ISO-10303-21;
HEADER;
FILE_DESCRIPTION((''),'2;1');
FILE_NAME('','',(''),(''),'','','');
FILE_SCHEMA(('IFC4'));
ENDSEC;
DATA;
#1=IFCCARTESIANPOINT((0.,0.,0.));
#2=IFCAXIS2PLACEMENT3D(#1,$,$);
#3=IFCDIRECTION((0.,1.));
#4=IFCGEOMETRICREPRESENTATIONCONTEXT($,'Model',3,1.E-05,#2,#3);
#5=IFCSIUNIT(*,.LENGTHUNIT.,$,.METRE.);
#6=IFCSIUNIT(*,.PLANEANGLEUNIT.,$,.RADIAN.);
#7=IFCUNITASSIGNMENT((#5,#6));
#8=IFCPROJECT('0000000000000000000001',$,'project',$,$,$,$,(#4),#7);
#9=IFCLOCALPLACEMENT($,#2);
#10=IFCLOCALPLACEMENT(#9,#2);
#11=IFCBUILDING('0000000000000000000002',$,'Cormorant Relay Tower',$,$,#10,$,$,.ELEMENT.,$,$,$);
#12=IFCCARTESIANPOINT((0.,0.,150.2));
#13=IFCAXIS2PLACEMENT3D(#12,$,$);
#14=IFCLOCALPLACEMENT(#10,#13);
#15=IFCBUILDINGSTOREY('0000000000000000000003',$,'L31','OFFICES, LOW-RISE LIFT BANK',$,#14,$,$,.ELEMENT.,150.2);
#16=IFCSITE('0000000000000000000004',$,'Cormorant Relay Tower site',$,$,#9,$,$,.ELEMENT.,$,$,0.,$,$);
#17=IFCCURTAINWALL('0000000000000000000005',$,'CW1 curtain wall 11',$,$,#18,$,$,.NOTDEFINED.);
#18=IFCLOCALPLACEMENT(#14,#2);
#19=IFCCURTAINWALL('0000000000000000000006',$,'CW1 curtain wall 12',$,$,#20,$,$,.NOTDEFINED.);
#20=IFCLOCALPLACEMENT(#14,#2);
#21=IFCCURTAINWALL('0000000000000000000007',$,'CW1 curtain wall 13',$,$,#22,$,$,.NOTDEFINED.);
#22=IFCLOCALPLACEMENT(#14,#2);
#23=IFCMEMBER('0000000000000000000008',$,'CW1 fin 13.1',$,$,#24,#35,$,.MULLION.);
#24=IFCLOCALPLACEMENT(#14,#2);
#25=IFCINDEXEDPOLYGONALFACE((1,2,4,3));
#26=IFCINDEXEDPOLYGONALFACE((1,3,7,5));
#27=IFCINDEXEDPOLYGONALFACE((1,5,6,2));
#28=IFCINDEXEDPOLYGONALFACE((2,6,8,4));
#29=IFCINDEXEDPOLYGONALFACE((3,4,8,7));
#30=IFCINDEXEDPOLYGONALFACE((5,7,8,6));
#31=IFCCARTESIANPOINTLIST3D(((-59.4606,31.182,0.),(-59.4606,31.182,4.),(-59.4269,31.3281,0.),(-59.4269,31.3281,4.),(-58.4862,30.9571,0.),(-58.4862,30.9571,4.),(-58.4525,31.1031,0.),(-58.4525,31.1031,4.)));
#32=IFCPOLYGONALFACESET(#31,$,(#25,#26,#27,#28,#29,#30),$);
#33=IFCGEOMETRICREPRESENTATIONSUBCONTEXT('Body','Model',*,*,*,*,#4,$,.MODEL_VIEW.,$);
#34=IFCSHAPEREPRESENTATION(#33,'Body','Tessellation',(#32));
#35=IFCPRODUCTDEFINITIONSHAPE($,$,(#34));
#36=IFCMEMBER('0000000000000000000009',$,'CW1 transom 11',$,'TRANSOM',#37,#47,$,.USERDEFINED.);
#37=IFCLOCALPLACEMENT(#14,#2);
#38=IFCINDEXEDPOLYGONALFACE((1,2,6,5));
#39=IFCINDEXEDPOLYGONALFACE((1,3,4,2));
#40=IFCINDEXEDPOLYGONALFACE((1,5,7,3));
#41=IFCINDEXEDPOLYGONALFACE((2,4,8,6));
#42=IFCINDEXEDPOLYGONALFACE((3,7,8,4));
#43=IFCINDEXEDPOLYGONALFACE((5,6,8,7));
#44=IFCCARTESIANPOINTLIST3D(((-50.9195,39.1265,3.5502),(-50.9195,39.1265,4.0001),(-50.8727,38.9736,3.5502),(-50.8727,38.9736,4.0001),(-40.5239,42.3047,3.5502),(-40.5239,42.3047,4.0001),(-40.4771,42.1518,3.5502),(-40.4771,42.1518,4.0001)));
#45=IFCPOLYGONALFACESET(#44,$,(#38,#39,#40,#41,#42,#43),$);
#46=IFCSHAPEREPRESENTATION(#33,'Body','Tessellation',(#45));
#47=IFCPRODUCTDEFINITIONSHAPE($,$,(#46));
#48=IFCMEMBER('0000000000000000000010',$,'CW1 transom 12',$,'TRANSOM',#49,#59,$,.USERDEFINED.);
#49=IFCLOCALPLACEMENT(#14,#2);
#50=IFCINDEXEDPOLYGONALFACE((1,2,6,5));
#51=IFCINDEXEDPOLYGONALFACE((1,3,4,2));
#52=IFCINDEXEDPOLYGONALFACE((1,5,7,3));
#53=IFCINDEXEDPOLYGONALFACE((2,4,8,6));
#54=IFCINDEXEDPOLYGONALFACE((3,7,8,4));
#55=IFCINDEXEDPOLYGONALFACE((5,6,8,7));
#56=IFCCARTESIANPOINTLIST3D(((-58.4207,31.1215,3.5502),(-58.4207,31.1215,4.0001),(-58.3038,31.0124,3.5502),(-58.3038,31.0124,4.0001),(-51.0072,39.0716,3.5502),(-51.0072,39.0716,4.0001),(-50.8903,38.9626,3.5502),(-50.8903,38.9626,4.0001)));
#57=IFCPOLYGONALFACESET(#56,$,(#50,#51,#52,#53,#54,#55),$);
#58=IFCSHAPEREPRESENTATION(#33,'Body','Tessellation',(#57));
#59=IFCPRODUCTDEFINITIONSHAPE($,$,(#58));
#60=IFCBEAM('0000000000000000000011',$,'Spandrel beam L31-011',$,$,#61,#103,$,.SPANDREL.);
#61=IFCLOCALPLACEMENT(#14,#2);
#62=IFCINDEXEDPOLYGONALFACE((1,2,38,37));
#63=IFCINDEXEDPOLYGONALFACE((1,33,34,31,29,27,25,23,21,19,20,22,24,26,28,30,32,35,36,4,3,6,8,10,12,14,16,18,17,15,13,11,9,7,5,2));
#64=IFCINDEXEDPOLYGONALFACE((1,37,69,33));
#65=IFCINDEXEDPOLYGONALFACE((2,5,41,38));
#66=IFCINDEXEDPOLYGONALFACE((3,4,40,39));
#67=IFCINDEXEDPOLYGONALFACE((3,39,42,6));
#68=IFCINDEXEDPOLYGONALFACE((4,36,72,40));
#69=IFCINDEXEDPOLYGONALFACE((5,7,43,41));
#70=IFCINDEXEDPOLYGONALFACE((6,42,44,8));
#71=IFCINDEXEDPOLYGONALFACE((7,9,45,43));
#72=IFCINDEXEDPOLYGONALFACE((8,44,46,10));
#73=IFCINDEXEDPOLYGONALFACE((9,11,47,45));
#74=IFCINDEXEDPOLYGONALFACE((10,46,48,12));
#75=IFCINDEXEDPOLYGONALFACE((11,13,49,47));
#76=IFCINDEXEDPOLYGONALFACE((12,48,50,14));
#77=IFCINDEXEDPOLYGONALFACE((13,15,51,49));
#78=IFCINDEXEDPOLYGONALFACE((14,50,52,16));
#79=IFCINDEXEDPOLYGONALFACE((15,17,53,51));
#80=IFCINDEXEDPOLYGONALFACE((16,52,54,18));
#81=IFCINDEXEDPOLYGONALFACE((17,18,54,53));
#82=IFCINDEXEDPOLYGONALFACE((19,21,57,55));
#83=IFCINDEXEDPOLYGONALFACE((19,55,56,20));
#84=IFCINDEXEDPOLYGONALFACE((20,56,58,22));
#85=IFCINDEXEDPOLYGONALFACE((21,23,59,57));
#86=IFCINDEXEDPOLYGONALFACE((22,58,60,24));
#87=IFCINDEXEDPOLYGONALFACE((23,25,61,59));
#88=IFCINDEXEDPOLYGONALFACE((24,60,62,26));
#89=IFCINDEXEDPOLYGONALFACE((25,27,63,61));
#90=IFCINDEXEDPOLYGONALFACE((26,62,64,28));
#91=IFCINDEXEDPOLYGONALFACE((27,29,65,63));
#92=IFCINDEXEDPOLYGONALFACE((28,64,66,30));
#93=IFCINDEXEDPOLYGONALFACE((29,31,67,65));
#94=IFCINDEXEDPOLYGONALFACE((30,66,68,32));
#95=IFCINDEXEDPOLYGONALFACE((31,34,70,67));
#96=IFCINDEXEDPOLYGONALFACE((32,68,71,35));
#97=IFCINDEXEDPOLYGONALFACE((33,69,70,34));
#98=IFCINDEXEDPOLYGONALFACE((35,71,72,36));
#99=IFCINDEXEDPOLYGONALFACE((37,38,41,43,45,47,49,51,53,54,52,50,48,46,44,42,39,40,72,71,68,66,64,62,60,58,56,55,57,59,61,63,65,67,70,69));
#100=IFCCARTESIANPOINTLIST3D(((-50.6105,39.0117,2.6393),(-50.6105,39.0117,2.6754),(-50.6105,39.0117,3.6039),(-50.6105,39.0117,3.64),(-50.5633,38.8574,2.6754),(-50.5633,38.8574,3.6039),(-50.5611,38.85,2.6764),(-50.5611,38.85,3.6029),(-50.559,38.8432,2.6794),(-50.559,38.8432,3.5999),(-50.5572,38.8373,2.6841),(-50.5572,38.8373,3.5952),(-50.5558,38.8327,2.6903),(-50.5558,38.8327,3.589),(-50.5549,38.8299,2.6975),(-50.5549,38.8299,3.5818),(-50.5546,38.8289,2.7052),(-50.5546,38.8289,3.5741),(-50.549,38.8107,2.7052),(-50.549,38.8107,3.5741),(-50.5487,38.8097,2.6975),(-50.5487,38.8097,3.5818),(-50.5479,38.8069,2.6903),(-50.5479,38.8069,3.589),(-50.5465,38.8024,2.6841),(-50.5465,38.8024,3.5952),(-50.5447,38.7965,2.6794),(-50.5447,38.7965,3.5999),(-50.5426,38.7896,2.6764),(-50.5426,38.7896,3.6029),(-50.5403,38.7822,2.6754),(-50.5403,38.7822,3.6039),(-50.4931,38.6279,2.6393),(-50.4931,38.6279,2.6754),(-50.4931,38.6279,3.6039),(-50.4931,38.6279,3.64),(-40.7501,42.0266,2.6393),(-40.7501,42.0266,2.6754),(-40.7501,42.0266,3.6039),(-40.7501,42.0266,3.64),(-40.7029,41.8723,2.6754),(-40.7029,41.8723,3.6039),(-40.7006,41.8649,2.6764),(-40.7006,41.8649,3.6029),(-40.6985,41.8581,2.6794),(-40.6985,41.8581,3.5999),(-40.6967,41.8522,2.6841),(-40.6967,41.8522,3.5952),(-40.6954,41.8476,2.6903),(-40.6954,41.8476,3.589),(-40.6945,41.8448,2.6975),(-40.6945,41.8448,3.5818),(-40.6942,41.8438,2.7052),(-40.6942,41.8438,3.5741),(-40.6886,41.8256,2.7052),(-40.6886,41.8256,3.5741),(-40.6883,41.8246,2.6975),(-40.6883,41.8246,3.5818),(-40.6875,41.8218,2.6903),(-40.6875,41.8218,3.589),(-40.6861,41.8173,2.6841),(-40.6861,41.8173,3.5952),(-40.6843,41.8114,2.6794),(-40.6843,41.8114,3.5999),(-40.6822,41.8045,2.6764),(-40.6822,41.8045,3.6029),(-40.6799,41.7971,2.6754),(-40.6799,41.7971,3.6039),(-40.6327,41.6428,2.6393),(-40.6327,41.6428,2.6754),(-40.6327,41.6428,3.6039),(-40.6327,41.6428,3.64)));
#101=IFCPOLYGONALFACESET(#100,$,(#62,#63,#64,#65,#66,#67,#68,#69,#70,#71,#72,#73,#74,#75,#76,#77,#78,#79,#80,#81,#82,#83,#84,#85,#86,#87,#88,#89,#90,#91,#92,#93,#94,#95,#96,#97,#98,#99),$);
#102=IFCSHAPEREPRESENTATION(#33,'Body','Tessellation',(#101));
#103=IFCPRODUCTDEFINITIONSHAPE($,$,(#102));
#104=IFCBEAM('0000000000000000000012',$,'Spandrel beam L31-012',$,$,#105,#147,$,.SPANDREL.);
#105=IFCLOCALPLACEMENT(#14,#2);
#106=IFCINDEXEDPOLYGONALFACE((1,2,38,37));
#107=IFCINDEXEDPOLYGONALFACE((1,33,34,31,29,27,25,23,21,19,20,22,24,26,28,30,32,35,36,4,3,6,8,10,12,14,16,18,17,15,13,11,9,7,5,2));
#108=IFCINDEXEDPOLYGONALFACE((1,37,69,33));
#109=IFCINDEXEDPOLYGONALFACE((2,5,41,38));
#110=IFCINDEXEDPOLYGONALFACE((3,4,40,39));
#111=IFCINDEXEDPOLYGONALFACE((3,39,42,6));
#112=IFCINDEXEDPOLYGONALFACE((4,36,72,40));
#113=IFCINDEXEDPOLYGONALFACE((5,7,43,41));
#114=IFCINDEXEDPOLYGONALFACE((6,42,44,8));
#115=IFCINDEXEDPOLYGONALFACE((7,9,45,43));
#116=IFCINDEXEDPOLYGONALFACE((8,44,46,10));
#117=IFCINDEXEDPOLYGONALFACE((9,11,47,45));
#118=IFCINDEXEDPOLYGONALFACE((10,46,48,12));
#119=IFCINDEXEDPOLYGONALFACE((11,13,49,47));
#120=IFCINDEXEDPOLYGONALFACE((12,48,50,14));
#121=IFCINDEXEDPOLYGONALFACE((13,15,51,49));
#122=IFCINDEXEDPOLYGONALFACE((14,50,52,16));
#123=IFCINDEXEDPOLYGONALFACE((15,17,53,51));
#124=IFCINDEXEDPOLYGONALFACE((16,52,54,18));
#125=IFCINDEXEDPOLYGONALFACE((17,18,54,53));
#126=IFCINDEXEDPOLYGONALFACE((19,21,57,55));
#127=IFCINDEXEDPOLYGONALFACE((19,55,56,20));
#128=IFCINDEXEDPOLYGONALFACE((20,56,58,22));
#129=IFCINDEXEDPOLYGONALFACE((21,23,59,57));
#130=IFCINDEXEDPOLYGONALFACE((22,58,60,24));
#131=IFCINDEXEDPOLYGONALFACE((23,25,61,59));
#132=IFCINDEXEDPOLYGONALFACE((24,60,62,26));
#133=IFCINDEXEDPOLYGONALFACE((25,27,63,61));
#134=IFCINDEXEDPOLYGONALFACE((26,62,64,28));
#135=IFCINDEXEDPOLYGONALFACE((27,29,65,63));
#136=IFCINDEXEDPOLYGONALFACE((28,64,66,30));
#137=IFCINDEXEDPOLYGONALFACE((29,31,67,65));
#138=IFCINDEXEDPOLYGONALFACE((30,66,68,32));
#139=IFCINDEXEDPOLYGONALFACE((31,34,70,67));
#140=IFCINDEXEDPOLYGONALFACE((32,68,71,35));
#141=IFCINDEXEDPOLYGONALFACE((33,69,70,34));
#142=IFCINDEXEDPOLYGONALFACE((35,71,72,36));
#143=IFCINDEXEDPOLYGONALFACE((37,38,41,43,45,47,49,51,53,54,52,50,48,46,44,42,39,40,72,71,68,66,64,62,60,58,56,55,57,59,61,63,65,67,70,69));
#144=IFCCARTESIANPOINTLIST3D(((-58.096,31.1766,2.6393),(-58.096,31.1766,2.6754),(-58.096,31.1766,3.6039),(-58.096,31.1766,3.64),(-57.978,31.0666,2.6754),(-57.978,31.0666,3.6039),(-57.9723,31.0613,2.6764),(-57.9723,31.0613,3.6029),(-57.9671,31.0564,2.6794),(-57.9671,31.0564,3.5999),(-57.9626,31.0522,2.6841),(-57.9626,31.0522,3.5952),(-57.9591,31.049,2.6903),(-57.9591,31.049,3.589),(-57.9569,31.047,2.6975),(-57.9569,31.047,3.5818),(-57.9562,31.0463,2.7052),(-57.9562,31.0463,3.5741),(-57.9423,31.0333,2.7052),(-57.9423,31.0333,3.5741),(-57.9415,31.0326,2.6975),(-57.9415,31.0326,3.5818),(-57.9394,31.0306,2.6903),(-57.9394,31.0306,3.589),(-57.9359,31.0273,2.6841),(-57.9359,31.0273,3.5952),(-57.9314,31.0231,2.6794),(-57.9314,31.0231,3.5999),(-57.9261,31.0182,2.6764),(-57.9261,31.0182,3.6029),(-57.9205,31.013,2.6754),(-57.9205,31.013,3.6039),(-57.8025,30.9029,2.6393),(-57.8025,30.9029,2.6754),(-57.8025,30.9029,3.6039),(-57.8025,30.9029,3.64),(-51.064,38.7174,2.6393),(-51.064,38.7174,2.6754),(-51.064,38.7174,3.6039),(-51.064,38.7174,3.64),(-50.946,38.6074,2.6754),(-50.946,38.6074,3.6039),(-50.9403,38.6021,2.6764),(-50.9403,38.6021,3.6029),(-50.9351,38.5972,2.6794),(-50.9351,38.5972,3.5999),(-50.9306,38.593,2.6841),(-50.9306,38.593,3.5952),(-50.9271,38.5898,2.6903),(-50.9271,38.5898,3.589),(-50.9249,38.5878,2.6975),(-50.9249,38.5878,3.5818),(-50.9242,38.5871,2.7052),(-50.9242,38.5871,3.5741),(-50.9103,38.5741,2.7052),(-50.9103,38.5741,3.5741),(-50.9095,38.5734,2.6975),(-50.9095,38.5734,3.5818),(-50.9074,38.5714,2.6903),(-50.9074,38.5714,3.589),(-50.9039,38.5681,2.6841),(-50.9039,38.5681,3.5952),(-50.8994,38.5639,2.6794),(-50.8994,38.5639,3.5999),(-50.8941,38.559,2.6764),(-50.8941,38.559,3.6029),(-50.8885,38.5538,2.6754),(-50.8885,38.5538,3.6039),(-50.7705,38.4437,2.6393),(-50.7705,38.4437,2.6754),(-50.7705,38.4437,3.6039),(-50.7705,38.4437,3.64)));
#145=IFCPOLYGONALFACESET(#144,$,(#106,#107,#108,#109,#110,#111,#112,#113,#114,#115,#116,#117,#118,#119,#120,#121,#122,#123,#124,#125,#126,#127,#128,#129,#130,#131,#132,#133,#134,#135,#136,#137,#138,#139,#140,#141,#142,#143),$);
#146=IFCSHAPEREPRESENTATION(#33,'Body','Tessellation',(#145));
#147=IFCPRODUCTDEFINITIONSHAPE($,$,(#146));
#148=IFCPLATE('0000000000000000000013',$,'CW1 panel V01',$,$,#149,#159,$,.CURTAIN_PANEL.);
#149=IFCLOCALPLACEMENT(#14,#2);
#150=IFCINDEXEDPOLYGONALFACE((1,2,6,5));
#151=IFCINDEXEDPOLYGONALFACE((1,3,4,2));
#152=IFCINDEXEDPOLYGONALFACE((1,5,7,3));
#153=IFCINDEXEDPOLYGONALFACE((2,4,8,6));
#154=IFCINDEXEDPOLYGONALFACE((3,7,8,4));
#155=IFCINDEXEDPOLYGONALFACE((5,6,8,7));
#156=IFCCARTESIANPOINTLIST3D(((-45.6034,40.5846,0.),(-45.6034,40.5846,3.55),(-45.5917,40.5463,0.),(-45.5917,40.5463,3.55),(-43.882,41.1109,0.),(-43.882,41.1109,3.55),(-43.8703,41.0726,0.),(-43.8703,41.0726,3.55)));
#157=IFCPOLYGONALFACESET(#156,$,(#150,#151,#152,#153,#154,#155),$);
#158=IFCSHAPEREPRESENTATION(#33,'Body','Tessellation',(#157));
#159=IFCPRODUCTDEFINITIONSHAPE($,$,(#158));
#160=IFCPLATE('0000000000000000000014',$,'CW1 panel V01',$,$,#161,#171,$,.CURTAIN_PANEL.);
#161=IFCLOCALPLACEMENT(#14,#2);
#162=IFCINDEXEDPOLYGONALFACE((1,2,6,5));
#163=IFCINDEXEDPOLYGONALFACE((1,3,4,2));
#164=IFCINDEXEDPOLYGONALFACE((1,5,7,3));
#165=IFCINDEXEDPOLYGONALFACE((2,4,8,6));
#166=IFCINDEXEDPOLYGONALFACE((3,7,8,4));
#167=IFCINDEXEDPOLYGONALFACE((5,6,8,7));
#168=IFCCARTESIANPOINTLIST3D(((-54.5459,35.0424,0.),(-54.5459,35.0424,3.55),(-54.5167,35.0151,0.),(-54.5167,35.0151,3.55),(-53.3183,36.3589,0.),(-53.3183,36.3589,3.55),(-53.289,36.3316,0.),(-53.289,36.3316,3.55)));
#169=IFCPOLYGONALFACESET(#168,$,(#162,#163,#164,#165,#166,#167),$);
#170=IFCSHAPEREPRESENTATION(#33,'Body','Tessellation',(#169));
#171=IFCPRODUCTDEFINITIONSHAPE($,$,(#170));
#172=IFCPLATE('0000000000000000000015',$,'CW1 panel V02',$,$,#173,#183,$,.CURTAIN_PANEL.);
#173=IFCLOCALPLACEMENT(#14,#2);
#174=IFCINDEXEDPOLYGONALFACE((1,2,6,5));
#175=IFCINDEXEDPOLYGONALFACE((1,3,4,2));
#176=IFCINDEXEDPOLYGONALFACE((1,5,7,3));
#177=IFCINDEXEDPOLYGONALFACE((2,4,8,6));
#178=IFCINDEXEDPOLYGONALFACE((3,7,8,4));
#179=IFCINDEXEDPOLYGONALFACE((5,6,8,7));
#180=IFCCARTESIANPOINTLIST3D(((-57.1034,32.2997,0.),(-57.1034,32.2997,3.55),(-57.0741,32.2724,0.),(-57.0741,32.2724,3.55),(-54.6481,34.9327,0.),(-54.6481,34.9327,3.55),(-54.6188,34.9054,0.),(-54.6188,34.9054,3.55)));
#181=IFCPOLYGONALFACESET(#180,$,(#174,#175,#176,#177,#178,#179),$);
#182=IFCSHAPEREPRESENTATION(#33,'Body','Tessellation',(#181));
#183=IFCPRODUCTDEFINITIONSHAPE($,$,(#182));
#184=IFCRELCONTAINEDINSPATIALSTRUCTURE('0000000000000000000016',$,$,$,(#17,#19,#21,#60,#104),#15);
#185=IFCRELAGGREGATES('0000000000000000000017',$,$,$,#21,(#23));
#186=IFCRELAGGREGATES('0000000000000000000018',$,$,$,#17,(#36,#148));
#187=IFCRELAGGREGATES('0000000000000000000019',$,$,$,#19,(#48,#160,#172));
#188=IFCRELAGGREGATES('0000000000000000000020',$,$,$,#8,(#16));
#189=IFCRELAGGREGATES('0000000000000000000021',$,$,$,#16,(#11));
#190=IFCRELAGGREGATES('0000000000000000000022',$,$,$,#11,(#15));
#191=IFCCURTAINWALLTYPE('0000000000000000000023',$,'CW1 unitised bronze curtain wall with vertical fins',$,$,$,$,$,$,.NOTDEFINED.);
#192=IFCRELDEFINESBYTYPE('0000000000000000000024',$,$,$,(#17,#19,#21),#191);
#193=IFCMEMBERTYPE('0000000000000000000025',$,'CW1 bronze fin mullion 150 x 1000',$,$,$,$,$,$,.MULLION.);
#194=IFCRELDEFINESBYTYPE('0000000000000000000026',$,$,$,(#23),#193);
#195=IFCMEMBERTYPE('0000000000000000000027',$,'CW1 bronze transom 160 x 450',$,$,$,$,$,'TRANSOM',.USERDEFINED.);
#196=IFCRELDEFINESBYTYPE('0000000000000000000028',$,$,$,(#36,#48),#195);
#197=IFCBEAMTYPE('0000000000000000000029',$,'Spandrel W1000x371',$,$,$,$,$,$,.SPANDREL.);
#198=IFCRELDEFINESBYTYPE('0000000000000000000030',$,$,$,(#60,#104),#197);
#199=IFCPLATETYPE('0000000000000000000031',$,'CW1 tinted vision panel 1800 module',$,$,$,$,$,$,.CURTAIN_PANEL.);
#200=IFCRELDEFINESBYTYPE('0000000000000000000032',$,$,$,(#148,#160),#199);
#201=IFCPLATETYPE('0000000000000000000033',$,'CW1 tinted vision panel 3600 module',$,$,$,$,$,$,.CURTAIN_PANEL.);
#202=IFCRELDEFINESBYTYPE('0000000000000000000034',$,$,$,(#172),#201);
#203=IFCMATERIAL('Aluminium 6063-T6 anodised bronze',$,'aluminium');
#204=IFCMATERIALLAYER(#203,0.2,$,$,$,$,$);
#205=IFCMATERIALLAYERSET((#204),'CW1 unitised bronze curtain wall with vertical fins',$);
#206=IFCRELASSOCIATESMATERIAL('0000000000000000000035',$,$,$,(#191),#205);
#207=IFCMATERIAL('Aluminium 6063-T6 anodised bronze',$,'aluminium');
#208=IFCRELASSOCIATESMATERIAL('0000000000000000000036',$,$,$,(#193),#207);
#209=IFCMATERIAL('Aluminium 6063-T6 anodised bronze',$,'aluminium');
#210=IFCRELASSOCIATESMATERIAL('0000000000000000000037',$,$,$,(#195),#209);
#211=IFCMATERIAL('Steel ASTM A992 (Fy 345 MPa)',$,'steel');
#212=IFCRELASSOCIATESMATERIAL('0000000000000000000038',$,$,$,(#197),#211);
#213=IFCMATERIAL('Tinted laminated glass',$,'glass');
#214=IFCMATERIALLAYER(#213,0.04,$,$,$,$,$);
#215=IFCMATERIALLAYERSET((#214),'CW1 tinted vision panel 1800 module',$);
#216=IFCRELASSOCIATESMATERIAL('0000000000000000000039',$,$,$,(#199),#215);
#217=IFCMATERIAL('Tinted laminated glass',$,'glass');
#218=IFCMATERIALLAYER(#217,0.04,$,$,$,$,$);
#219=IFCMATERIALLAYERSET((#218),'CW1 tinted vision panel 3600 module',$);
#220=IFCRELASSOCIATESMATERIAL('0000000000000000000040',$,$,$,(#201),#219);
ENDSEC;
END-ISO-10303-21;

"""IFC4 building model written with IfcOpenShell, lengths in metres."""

from ifc_helpers import new_model, si_unit, direction, frame, origin, origin_2d, place, context, subcontext, project, spatial, rectangle, i_section, extrude, material, layer, layer_set, material_profile, profile_set, type_object, element, aggregate, save


model = new_model("IFC4")

# Units and contexts
model_context = context("Model", 3, precision=1e-05, world=origin(), true_north=direction((0.0, 1.0)))
body_context = subcontext(model_context, "Body", "Model", "MODEL_VIEW")
ifc_project = project(units=[si_unit("LENGTHUNIT", "METRE"), si_unit("PLANEANGLEUNIT", "RADIAN")], contexts=[model_context])

# Site, building, storey
site_placement = place(None, origin())
site = spatial("IfcSite", under=ifc_project, at=site_placement, Name="Cormorant Relay Tower site", CompositionType="ELEMENT", RefElevation=0.0)
building_placement = place(site_placement, origin())
building = spatial("IfcBuilding", under=site, at=building_placement, Name="Cormorant Relay Tower", CompositionType="ELEMENT")
storey_placement = place(building_placement, frame((0.0, 0.0, 150.2)))
storey = spatial("IfcBuildingStorey", under=building, at=storey_placement, Name="L31", Description="OFFICES, LOW-RISE LIFT BANK", CompositionType="ELEMENT", Elevation=150.2)

# Curtain walls
ifc_material_1 = material(Name="Aluminium 6063-T6 anodised bronze", Category="aluminium")
ifc_layer_1 = layer(ifc_material_1, 0.2)
ifc_layer_set_1 = layer_set([ifc_layer_1], Name="CW1 unitised bronze curtain wall with vertical fins")
curtain_wall_type = type_object("IfcCurtainWallType", Name="CW1 unitised bronze curtain wall with vertical fins", PredefinedType="NOTDEFINED", material=ifc_layer_set_1)
curtain_wall_1_placement = place(storey_placement, origin())
curtain_wall_1 = element("IfcCurtainWall", 1, at=curtain_wall_1_placement, inside=storey, type_object=curtain_wall_type, Name="CW1 curtain wall 11", PredefinedType="NOTDEFINED")
ifc_material_2 = material(Name="Aluminium 6063-T6 anodised bronze", Category="aluminium")
ifc_material_profile_1 = material_profile(ifc_material_2, rectangle(XDim=0.1499, YDim=1.0, at=origin_2d()), Name="AL 150x1000")
ifc_profile_set_1 = profile_set([ifc_material_profile_1], Name="Aluminium 6063-T6 anodised bronze")
member_type_1 = type_object("IfcMemberType", Name="CW1 bronze fin mullion 150 x 1000", PredefinedType="MULLION", material=ifc_profile_set_1)
curtain_wall_2_placement = place(storey_placement, origin())
curtain_wall_2 = element("IfcCurtainWall", 2, at=curtain_wall_2_placement, inside=storey, type_object=curtain_wall_type, Name="CW1 curtain wall 12", PredefinedType="NOTDEFINED")

# Curtain wall, member
curtain_wall_3_placement = place(storey_placement, origin())
curtain_wall_3 = element("IfcCurtainWall", 3, at=curtain_wall_3_placement, inside=storey, type_object=curtain_wall_type, Name="CW1 curtain wall 13", PredefinedType="NOTDEFINED")
member_1_placement = place(storey_placement, frame((-58.9565, 31.1426, 0.0), z_axis=(0.0, 0.0, 1.0), x_axis=(-0.224951, -0.97437, 0.0)))
member_1 = element("IfcMember", 4, at=member_1_placement, type_object=member_type_1, Name="CW1 fin 13.1", PredefinedType="MULLION", context=body_context, shape_type="SweptSolid", body=[
    extrude(rectangle(XDim=0.1499, YDim=1.0, at=origin_2d()), origin(), (0.0, 0.0, 1.0), 4.0),
])
aggregate(curtain_wall_3, [member_1])

# Members
ifc_material_3 = material(Name="Aluminium 6063-T6 anodised bronze", Category="aluminium")
ifc_material_profile_2 = material_profile(ifc_material_3, rectangle(XDim=0.1599, YDim=0.45, at=origin_2d()), Name="AL 160x450")
ifc_profile_set_2 = profile_set([ifc_material_profile_2], Name="Aluminium 6063-T6 anodised bronze")
member_type_2 = type_object("IfcMemberType", Name="CW1 bronze transom 160 x 450", ElementType="TRANSOM", PredefinedType="USERDEFINED", material=ifc_profile_set_2)
member_2_placement = place(storey_placement, frame((-40.5005, 42.2283, 3.7751), z_axis=(-0.956305, -0.292371, 0.0), x_axis=(0.292371, -0.956305, 0.0)))
member_2 = element("IfcMember", 5, at=member_2_placement, type_object=member_type_2, Name="CW1 transom 11", ObjectType="TRANSOM", PredefinedType="USERDEFINED", context=body_context, shape_type="SweptSolid", body=[
    extrude(rectangle(XDim=0.1599, YDim=0.45, at=origin_2d()), origin(), (0.0, 0.0, 1.0), 10.8706),
])
member_3_placement = place(storey_placement, frame((-50.9487, 39.0171, 3.7751), z_axis=(-0.681993, -0.731358, 0.0), x_axis=(0.731358, -0.681993, 0.0)))
member_3 = element("IfcMember", 6, at=member_3_placement, type_object=member_type_2, Name="CW1 transom 12", ObjectType="TRANSOM", PredefinedType="USERDEFINED", context=body_context, shape_type="SweptSolid", body=[
    extrude(rectangle(XDim=0.1599, YDim=0.45, at=origin_2d()), origin(), (0.0, 0.0, 1.0), 10.8704),
])

# Beams
ifc_material_4 = material(Name="Steel ASTM A992 (Fy 345 MPa)", Category="steel")
ifc_material_profile_3 = material_profile(ifc_material_4, i_section(OverallWidth=0.4014, OverallDepth=1.0007, WebThickness=0.019, FlangeThickness=0.0361, FilletRadius=0.0298, at=origin_2d()), Name="W1000x371")
ifc_profile_set_3 = profile_set([ifc_material_profile_3], Name="Steel ASTM A992 (Fy 345 MPa)")
beam_type = type_object("IfcBeamType", Name="Spandrel W1000x371", PredefinedType="SPANDREL", material=ifc_profile_set_3)
beam_1_placement = place(storey_placement, frame((-40.6914, 41.8347, 3.1396), z_axis=(-0.956297, -0.292397, 0.0), x_axis=(0.292397, -0.956297, 0.0)))
element("IfcBeam", 7, at=beam_1_placement, inside=storey, type_object=beam_type, Name="Spandrel beam L31-011", PredefinedType="SPANDREL", context=body_context, shape_type="SweptSolid", body=[
    extrude(i_section(OverallWidth=0.4014, OverallDepth=1.0007, WebThickness=0.019, FlangeThickness=0.0361, FilletRadius=0.0298, at=origin_2d()), origin(), (0.0, 0.0, 1.0), 10.311),
])
beam_2_placement = place(storey_placement, frame((-50.9172, 38.5806, 3.1396), z_axis=(-0.682004, -0.731349, 0.0), x_axis=(0.731349, -0.682004, 0.0)))
element("IfcBeam", 8, at=beam_2_placement, inside=storey, type_object=beam_type, Name="Spandrel beam L31-012", PredefinedType="SPANDREL", context=body_context, shape_type="SweptSolid", body=[
    extrude(i_section(OverallWidth=0.4014, OverallDepth=1.0007, WebThickness=0.019, FlangeThickness=0.0361, FilletRadius=0.0298, at=origin_2d()), origin(), (0.0, 0.0, 1.0), 10.3108),
])

# Plates
ifc_material_5 = material(Name="Tinted laminated glass", Category="glass")
ifc_layer_2 = layer(ifc_material_5, 0.04)
ifc_layer_set_2 = layer_set([ifc_layer_2], Name="CW1 tinted vision panel 1800 module")
plate_type_1 = type_object("IfcPlateType", Name="CW1 tinted vision panel 1800 module", PredefinedType="CURTAIN_PANEL", material=ifc_layer_set_2)
plate_1_placement = place(storey_placement, frame((-44.7368, 40.8286, 0.0), z_axis=(0.0, 0.0, 1.0), x_axis=(-0.956305, -0.292372, 0.0)))
plate_1 = element("IfcPlate", 9, at=plate_1_placement, type_object=plate_type_1, Name="CW1 panel V01", PredefinedType="CURTAIN_PANEL", context=body_context, shape_type="SweptSolid", body=[
    extrude(rectangle(XDim=1.8, YDim=0.04, at=origin_2d()), origin(), (0.0, 0.0, 1.0), 3.55),
])
plate_2_placement = place(storey_placement, frame((-53.9175, 35.687, 0.0), z_axis=(0.0, 0.0, 1.0), x_axis=(-0.681998, -0.731354, 0.0)))
plate_2 = element("IfcPlate", 10, at=plate_2_placement, type_object=plate_type_1, Name="CW1 panel V01", PredefinedType="CURTAIN_PANEL", context=body_context, shape_type="SweptSolid", body=[
    extrude(rectangle(XDim=1.8, YDim=0.04, at=origin_2d()), origin(), (0.0, 0.0, 1.0), 3.55),
])
ifc_material_6 = material(Name="Tinted laminated glass", Category="glass")
ifc_layer_3 = layer(ifc_material_6, 0.04)
ifc_layer_set_3 = layer_set([ifc_layer_3], Name="CW1 tinted vision panel 3600 module")
plate_type_2 = type_object("IfcPlateType", Name="CW1 tinted vision panel 3600 module", PredefinedType="CURTAIN_PANEL", material=ifc_layer_set_3)
plate_3_placement = place(storey_placement, frame((-55.8611, 33.6025, 0.0), z_axis=(0.0, 0.0, 1.0), x_axis=(-0.681998, -0.731354, 0.0)))
plate_3 = element("IfcPlate", 11, at=plate_3_placement, type_object=plate_type_2, Name="CW1 panel V02", PredefinedType="CURTAIN_PANEL", context=body_context, shape_type="SweptSolid", body=[
    extrude(rectangle(XDim=3.6001, YDim=0.04, at=origin_2d()), origin(), (0.0, 0.0, 1.0), 3.55),
])

aggregate(curtain_wall_1, [member_2, plate_1])
aggregate(curtain_wall_2, [member_3, plate_2, plate_3])

save(model, "model.ifc")
